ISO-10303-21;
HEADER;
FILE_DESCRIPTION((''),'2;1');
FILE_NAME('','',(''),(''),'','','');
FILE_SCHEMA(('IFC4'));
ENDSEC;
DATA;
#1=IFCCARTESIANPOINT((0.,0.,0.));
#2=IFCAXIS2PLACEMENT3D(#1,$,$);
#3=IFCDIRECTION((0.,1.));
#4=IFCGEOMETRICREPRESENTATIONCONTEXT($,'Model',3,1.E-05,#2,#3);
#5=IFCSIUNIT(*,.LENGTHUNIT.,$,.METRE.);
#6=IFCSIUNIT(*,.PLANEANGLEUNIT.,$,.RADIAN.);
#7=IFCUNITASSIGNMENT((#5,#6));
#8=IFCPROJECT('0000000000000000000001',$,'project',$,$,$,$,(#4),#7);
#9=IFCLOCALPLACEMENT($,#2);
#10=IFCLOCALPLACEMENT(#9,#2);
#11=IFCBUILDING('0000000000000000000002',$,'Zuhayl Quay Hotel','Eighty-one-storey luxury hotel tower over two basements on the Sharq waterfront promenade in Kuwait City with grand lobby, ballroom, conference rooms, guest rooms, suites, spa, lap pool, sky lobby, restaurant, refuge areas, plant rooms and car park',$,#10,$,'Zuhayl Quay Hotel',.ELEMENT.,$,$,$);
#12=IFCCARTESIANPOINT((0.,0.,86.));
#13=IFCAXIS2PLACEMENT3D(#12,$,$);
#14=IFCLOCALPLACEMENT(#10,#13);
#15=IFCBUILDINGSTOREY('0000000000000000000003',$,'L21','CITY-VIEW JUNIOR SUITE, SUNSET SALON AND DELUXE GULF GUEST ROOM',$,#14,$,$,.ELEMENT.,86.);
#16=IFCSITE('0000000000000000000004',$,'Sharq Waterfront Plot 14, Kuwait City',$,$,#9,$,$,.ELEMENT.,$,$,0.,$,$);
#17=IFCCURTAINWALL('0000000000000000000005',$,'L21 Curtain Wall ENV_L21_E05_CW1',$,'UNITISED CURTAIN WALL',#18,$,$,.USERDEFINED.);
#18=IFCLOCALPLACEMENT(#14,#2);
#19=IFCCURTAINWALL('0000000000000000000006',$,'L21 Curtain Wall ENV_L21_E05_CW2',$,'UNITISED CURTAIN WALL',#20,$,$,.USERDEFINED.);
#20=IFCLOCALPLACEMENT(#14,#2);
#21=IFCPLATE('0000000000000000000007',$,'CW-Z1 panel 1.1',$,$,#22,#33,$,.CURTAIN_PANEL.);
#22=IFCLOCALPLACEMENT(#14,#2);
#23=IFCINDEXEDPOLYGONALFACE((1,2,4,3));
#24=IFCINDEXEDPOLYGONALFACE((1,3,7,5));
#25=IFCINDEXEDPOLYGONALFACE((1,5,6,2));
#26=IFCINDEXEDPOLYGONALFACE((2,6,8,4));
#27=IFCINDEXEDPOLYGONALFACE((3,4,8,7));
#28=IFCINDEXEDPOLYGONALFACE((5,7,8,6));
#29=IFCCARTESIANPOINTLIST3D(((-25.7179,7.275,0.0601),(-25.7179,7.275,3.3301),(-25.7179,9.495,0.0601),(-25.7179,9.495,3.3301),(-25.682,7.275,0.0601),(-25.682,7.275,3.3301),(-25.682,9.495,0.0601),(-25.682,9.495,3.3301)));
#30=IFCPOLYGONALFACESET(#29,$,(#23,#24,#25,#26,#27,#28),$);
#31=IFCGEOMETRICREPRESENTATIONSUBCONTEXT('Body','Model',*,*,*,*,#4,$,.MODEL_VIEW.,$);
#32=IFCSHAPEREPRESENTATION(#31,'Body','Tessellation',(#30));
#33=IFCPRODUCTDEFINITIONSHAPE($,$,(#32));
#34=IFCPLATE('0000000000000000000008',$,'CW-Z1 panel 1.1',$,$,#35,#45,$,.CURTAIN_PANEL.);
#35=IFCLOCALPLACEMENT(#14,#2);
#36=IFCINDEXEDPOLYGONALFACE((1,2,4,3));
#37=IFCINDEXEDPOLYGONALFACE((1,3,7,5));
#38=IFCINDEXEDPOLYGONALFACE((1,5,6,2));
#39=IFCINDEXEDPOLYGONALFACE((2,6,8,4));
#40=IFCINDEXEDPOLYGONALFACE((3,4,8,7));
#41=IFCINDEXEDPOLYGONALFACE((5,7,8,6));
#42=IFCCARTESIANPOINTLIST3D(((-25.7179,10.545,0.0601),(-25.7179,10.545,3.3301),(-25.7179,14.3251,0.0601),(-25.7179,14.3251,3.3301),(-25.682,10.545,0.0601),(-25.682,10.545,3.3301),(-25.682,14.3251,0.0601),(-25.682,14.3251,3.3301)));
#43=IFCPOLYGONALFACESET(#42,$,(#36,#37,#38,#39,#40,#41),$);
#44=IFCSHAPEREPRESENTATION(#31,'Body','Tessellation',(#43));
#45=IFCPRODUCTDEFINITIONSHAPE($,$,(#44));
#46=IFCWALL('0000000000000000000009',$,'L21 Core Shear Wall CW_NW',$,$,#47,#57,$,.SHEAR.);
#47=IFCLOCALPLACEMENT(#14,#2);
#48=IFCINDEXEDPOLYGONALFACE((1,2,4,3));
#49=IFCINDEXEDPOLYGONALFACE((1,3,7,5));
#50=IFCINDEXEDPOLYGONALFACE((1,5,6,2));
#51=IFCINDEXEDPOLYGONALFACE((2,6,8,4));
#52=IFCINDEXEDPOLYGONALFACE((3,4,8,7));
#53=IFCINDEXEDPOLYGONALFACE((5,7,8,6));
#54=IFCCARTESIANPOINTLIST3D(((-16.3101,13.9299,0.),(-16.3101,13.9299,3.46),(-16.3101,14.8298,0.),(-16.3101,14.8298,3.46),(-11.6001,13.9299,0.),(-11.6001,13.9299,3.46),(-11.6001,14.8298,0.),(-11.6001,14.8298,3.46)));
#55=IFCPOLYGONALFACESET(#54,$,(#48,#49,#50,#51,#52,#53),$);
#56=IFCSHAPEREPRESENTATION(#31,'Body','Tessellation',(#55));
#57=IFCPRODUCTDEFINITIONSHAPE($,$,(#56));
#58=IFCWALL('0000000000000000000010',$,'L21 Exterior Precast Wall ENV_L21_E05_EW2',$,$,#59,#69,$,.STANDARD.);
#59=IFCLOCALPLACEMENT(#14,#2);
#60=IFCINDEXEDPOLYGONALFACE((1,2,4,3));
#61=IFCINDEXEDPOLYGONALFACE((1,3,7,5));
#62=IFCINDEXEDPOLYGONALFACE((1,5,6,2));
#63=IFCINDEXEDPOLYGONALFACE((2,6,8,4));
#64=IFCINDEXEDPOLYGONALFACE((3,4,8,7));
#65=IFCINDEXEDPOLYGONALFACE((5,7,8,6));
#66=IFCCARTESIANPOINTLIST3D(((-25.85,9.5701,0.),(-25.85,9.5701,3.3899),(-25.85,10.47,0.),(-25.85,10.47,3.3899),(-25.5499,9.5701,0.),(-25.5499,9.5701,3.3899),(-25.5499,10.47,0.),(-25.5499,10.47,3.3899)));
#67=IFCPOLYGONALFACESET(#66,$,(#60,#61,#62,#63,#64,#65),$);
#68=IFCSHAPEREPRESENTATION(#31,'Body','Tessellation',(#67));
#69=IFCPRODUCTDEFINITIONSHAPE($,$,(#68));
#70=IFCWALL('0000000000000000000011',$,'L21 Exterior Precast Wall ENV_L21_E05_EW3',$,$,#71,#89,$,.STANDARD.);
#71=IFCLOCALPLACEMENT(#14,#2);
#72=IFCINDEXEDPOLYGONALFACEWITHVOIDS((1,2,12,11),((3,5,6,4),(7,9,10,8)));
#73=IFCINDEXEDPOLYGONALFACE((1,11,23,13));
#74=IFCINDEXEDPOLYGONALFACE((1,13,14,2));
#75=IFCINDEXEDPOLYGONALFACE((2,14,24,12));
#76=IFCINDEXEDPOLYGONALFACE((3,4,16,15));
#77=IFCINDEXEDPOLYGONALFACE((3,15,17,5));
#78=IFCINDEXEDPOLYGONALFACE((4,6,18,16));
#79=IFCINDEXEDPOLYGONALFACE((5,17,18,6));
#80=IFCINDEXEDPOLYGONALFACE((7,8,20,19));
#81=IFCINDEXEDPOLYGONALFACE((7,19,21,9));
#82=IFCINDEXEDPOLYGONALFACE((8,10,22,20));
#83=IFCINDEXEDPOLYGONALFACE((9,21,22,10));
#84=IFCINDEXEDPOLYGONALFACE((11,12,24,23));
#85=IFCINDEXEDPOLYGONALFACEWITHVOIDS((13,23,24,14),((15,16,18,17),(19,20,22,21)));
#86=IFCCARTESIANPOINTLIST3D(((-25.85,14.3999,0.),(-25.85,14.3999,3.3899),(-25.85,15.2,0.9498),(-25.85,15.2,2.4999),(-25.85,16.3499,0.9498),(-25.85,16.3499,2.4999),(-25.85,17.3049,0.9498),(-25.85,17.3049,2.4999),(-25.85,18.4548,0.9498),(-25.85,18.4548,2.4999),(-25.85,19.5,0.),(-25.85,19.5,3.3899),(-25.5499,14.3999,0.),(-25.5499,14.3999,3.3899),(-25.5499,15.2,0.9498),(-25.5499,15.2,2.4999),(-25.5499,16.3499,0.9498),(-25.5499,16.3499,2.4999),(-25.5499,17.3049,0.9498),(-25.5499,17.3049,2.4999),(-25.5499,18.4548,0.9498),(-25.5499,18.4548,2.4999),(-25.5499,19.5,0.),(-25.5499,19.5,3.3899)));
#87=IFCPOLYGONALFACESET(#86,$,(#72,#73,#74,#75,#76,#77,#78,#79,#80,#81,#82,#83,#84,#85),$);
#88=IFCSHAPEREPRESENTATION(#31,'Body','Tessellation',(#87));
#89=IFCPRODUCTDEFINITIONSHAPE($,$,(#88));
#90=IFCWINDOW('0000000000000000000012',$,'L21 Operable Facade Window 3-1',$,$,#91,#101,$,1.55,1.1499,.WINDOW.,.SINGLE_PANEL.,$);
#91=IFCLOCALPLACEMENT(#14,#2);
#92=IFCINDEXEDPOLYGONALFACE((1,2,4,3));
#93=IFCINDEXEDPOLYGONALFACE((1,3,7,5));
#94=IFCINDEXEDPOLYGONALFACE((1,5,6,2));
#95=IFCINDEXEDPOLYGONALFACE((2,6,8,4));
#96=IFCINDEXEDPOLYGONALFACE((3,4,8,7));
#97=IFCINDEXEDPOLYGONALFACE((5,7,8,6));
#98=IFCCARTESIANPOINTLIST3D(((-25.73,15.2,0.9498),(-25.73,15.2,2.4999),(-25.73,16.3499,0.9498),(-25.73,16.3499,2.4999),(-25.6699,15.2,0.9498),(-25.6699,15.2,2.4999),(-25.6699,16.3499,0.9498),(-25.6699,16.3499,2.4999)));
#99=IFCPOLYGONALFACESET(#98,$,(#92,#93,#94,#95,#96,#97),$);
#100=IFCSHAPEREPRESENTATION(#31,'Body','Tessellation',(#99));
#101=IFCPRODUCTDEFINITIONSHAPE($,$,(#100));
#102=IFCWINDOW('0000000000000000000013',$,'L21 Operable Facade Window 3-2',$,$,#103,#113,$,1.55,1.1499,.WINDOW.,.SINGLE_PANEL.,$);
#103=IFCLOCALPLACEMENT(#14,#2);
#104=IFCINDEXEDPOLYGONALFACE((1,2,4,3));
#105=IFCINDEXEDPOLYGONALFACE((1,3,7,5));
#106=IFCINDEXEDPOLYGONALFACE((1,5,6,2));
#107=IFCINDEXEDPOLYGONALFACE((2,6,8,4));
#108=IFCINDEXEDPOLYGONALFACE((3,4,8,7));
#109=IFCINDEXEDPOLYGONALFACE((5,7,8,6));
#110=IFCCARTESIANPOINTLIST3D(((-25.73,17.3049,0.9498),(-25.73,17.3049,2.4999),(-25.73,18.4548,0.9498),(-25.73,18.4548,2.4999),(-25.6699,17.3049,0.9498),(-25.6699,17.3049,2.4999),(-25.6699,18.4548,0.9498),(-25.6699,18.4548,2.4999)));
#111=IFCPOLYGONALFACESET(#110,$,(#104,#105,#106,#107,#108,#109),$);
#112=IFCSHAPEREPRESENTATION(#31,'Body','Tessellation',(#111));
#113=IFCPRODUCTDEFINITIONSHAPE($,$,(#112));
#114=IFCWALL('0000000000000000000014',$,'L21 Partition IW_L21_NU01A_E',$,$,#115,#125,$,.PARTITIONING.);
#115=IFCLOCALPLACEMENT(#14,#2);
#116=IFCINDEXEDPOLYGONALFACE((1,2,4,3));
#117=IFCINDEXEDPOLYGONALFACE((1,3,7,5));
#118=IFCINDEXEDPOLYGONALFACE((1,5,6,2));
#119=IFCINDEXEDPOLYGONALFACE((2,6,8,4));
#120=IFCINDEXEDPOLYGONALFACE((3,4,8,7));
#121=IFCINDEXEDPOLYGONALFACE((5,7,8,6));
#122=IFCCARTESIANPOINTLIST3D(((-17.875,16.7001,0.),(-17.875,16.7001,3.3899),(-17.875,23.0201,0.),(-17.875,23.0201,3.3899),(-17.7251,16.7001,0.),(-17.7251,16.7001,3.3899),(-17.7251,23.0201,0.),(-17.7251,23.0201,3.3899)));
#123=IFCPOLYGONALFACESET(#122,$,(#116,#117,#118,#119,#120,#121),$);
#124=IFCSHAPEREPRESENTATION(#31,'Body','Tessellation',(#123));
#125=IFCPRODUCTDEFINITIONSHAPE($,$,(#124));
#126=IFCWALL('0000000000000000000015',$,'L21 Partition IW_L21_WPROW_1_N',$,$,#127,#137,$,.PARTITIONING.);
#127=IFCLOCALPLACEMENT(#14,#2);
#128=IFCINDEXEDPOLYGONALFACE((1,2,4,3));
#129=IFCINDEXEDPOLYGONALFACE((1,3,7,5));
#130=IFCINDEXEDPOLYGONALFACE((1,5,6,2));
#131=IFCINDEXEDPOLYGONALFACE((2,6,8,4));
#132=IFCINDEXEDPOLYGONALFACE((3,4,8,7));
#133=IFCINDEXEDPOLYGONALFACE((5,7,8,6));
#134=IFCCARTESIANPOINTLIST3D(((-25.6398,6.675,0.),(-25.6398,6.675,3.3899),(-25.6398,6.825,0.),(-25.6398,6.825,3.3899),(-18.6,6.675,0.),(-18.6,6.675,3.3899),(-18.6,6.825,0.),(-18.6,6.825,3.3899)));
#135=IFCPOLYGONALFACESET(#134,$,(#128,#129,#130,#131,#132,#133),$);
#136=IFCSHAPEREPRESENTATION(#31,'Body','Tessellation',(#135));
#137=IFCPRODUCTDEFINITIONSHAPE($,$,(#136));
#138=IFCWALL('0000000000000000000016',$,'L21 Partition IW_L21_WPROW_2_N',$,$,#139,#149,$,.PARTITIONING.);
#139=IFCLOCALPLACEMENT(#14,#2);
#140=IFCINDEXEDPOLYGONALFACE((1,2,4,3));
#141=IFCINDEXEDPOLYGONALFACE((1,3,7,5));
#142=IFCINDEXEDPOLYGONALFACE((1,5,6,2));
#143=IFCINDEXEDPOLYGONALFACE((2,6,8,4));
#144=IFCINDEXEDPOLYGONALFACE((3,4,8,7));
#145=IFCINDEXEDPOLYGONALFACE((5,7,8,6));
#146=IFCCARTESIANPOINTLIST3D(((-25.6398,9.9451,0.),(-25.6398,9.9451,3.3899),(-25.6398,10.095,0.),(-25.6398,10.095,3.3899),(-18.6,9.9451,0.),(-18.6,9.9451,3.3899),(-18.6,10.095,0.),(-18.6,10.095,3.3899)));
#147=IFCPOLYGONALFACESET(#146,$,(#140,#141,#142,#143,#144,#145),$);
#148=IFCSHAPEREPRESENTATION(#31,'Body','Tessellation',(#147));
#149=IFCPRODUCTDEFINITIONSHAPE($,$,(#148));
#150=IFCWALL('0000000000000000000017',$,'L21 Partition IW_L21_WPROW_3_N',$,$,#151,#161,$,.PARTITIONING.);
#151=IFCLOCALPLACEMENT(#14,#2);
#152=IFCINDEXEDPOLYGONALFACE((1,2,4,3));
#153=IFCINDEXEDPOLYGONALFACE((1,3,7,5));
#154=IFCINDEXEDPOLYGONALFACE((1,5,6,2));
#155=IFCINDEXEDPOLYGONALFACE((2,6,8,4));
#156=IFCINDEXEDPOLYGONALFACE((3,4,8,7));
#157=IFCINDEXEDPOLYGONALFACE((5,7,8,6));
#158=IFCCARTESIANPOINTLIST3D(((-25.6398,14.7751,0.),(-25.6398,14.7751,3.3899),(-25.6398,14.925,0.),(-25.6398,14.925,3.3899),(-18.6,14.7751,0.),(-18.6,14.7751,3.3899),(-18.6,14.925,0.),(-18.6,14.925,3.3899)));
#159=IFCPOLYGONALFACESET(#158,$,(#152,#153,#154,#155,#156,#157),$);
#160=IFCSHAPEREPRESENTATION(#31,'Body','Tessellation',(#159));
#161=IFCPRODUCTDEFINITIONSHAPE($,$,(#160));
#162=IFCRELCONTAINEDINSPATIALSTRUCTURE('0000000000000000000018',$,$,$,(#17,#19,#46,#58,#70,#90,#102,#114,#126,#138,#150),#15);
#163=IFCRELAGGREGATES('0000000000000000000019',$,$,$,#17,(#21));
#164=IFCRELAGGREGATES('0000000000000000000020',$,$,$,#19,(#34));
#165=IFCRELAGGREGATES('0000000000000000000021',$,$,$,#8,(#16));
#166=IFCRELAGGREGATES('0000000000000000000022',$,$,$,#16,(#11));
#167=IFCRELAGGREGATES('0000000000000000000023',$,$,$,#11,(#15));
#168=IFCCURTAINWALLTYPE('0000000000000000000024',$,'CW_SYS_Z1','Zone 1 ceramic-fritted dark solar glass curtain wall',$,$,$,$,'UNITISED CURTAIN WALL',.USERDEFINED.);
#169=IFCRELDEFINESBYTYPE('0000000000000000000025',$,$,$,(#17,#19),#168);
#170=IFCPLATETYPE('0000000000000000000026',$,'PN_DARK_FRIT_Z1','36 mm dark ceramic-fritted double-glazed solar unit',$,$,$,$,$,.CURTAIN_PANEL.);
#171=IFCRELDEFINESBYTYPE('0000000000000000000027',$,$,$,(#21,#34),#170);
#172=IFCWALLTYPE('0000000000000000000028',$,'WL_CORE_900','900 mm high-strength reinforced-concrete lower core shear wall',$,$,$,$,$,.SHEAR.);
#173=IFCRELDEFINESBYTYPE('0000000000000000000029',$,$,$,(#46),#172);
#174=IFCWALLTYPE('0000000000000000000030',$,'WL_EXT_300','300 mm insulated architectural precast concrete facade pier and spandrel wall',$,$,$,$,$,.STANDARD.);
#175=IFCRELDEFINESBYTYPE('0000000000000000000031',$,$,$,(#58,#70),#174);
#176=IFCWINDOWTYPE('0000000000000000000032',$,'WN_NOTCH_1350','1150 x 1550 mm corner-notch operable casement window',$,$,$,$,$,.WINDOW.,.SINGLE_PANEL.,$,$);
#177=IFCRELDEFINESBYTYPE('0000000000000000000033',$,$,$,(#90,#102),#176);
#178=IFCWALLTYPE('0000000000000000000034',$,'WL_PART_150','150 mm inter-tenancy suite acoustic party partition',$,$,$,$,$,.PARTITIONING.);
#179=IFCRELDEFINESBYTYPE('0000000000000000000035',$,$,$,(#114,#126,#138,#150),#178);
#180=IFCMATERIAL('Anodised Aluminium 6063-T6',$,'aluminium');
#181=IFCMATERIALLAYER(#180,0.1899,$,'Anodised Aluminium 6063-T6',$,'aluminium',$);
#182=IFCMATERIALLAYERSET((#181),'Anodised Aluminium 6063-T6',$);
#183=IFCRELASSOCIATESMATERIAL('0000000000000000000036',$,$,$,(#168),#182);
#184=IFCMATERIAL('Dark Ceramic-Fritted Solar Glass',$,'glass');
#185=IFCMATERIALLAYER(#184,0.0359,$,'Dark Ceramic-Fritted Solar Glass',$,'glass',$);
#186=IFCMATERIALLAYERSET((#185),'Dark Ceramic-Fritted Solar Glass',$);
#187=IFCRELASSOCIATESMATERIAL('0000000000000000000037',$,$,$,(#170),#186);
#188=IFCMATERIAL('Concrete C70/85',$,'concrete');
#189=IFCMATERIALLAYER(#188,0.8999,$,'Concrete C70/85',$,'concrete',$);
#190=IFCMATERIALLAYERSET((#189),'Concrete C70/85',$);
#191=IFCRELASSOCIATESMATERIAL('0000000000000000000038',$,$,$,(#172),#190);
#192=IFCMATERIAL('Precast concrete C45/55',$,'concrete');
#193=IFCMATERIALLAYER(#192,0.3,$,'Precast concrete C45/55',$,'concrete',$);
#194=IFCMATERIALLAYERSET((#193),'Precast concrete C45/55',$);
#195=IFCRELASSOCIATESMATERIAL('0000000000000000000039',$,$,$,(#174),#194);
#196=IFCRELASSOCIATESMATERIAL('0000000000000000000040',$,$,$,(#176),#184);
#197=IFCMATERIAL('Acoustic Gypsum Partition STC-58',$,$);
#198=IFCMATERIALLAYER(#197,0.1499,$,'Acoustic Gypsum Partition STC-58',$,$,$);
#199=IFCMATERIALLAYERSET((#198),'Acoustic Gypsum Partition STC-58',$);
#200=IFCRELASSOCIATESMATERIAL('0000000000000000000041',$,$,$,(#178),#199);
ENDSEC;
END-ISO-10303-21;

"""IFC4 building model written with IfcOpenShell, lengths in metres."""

from ifc_helpers import new_model, si_unit, direction, frame, frame_2d, origin, origin_2d, place, context, subcontext, project, spatial, rectangle, extrude, material, layer, layer_set, type_object, element, fill, aggregate, save


model = new_model("IFC4")

# Units and contexts
model_context = context("Model", 3, precision=1e-05, world=origin(), true_north=direction((0.0, 1.0)))
body_context = subcontext(model_context, "Body", "Model", "MODEL_VIEW")
ifc_project = project(units=[si_unit("LENGTHUNIT", "METRE"), si_unit("PLANEANGLEUNIT", "RADIAN")], contexts=[model_context])

# Site, building, storey
site_placement = place(None, origin())
site = spatial("IfcSite", under=ifc_project, at=site_placement, Name="Sharq Waterfront Plot 14, Kuwait City", CompositionType="ELEMENT", RefElevation=0.0)
building_placement = place(site_placement, origin())
building = spatial("IfcBuilding", under=site, at=building_placement, Name="Zuhayl Quay Hotel", Description="Eighty-one-storey luxury hotel tower over two basements on the Sharq waterfront promenade in Kuwait City with grand lobby, ballroom, conference rooms, guest rooms, suites, spa, lap pool, sky lobby, restaurant, refuge areas, plant rooms and car park", LongName="Zuhayl Quay Hotel", CompositionType="ELEMENT")
storey_placement = place(building_placement, frame((0.0, 0.0, 86.0)))
storey = spatial("IfcBuildingStorey", under=building, at=storey_placement, Name="L21", Description="CITY-VIEW JUNIOR SUITE, SUNSET SALON AND DELUXE GULF GUEST ROOM", CompositionType="ELEMENT", Elevation=86.0)

# Shared definitions
ifc_material_1 = material(Name="Concrete C70/85", Category="concrete")

# Curtain walls
ifc_material_2 = material(Name="Anodised Aluminium 6063-T6", Category="aluminium")
ifc_layer_1 = layer(ifc_material_2, 0.1899, Name="Anodised Aluminium 6063-T6", Category="aluminium")
ifc_layer_set_1 = layer_set([ifc_layer_1], Name="Anodised Aluminium 6063-T6")
curtain_wall_type = type_object("IfcCurtainWallType", Name="CW_SYS_Z1", Description="Zone 1 ceramic-fritted dark solar glass curtain wall", ElementType="UNITISED CURTAIN WALL", PredefinedType="USERDEFINED", material=ifc_layer_set_1)
curtain_wall_1_placement = place(storey_placement, origin())
curtain_wall_1 = element("IfcCurtainWall", 1, at=curtain_wall_1_placement, inside=storey, type_object=curtain_wall_type, Name="L21 Curtain Wall ENV_L21_E05_CW1", ObjectType="UNITISED CURTAIN WALL", PredefinedType="USERDEFINED")
curtain_wall_2_placement = place(storey_placement, origin())
curtain_wall_2 = element("IfcCurtainWall", 2, at=curtain_wall_2_placement, inside=storey, type_object=curtain_wall_type, Name="L21 Curtain Wall ENV_L21_E05_CW2", ObjectType="UNITISED CURTAIN WALL", PredefinedType="USERDEFINED")

# Plates
ifc_material_3 = material(Name="Dark Ceramic-Fritted Solar Glass", Category="glass")
ifc_layer_2 = layer(ifc_material_3, 0.0359, Name="Dark Ceramic-Fritted Solar Glass", Category="glass")
ifc_layer_set_2 = layer_set([ifc_layer_2], Name="Dark Ceramic-Fritted Solar Glass")
plate_type = type_object("IfcPlateType", Name="PN_DARK_FRIT_Z1", Description="36 mm dark ceramic-fritted double-glazed solar unit", PredefinedType="CURTAIN_PANEL", material=ifc_layer_set_2)
plate_1_placement = place(storey_placement, frame((-25.7, 8.385, 0.0601), z_axis=(0.0, 0.0, 1.0), x_axis=(0.0, 1.0, 0.0)))
plate_1 = element("IfcPlate", 3, at=plate_1_placement, type_object=plate_type, Name="CW-Z1 panel 1.1", PredefinedType="CURTAIN_PANEL", context=body_context, shape_type="SweptSolid", body=[
    extrude(rectangle(XDim=2.22, YDim=0.0359, at=origin_2d()), origin(), (0.0, 0.0, 1.0), 3.27),
])
aggregate(curtain_wall_1, [plate_1])
plate_2_placement = place(storey_placement, frame((-25.7, 12.4351, 0.0601), z_axis=(0.0, 0.0, 1.0), x_axis=(0.0, 1.0, 0.0)))
plate_2 = element("IfcPlate", 4, at=plate_2_placement, type_object=plate_type, Name="CW-Z1 panel 1.1", PredefinedType="CURTAIN_PANEL", context=body_context, shape_type="SweptSolid", body=[
    extrude(rectangle(XDim=3.78, YDim=0.0359, at=origin_2d()), origin(), (0.0, 0.0, 1.0), 3.27),
])
aggregate(curtain_wall_2, [plate_2])

# Walls
ifc_layer_3 = layer(ifc_material_1, 0.8999, Name="Concrete C70/85", Category="concrete")
ifc_layer_set_3 = layer_set([ifc_layer_3], Name="Concrete C70/85")
wall_type_1 = type_object("IfcWallType", Name="WL_CORE_900", Description="900 mm high-strength reinforced-concrete lower core shear wall", PredefinedType="SHEAR", material=ifc_layer_set_3)
wall_1_placement = place(storey_placement, frame((-16.3101, 14.3799, 0.0), z_axis=(0.0, 0.0, 1.0), x_axis=(1.0, 0.0, 0.0)))
element("IfcWall", 5, at=wall_1_placement, inside=storey, type_object=wall_type_1, Name="L21 Core Shear Wall CW_NW", PredefinedType="SHEAR", context=body_context, shape_type="SweptSolid", body=[
    extrude(rectangle(XDim=4.71, YDim=0.8999, at=frame_2d((2.355, 0.0))), origin(), (0.0, 0.0, 1.0), 3.46),
])
ifc_material_4 = material(Name="Precast concrete C45/55", Category="concrete")
ifc_layer_4 = layer(ifc_material_4, 0.3, Name="Precast concrete C45/55", Category="concrete")
ifc_layer_set_4 = layer_set([ifc_layer_4], Name="Precast concrete C45/55")
wall_type_2 = type_object("IfcWallType", Name="WL_EXT_300", Description="300 mm insulated architectural precast concrete facade pier and spandrel wall", PredefinedType="STANDARD", material=ifc_layer_set_4)
wall_2_placement = place(storey_placement, frame((-25.7, 9.5701, 0.0), z_axis=(0.0, 0.0, 1.0), x_axis=(0.0, 1.0, 0.0)))
element("IfcWall", 6, at=wall_2_placement, inside=storey, type_object=wall_type_2, Name="L21 Exterior Precast Wall ENV_L21_E05_EW2", PredefinedType="STANDARD", context=body_context, shape_type="SweptSolid", body=[
    extrude(rectangle(XDim=0.8999, YDim=0.3, at=frame_2d((0.45, 0.0))), origin(), (0.0, 0.0, 1.0), 3.3899),
])

# Wall, openings, windows
wall_3_placement = place(storey_placement, frame((-25.7, 14.3999, 0.0), z_axis=(0.0, 0.0, 1.0), x_axis=(0.0, 1.0, 0.0)))
wall_3 = element("IfcWall", 7, at=wall_3_placement, inside=storey, type_object=wall_type_2, Name="L21 Exterior Precast Wall ENV_L21_E05_EW3", PredefinedType="STANDARD", context=body_context, shape_type="SweptSolid", body=[
    extrude(rectangle(XDim=5.1001, YDim=0.3, at=frame_2d((2.55, 0.0))), origin(), (0.0, 0.0, 1.0), 3.3899),
])
opening_1_placement = place(wall_3_placement, frame((0.8, 0.0, 0.95)))
opening_1 = element("IfcOpeningElement", 8, at=opening_1_placement, cuts=wall_3, PredefinedType="OPENING", context=body_context, shape_type="SweptSolid", body=[
    extrude(rectangle(XDim=1.1499, YDim=1.55, at=frame_2d((0.575, 0.7749))), frame((0.0, 0.1599, 0.0), z_axis=(0.0, -1.0, 0.0), x_axis=(1.0, 0.0, 0.0)), (0.0, 0.0, 1.0), 0.3201),
])
opening_2_placement = place(wall_3_placement, frame((2.905, 0.0, 0.95)))
opening_2 = element("IfcOpeningElement", 9, at=opening_2_placement, cuts=wall_3, PredefinedType="OPENING", context=body_context, shape_type="SweptSolid", body=[
    extrude(rectangle(XDim=1.1499, YDim=1.55, at=frame_2d((0.575, 0.7749))), frame((0.0, 0.1599, 0.0), z_axis=(0.0, -1.0, 0.0), x_axis=(1.0, 0.0, 0.0)), (0.0, 0.0, 1.0), 0.3201),
])
window_type = type_object("IfcWindowType", Name="WN_NOTCH_1350", Description="1150 x 1550 mm corner-notch operable casement window", PartitioningType="SINGLE_PANEL", PredefinedType="WINDOW", material=ifc_material_3)
window_1_placement = place(opening_1_placement, origin())
window_1 = element("IfcWindow", 10, at=window_1_placement, inside=storey, type_object=window_type, Name="L21 Operable Facade Window 3-1", OverallHeight=1.55, OverallWidth=1.1499, PartitioningType="SINGLE_PANEL", PredefinedType="WINDOW", context=body_context, shape_type="SweptSolid", body=[
    extrude(rectangle(XDim=1.1499, YDim=1.55, at=frame_2d((0.575, 0.7749))), frame((0.0, 0.03, 0.0), z_axis=(0.0, -1.0, 0.0), x_axis=(1.0, 0.0, 0.0)), (0.0, 0.0, 1.0), 0.0601),
])
fill(opening_1, window_1)
window_2_placement = place(opening_2_placement, origin())
window_2 = element("IfcWindow", 11, at=window_2_placement, inside=storey, type_object=window_type, Name="L21 Operable Facade Window 3-2", OverallHeight=1.55, OverallWidth=1.1499, PartitioningType="SINGLE_PANEL", PredefinedType="WINDOW", context=body_context, shape_type="SweptSolid", body=[
    extrude(rectangle(XDim=1.1499, YDim=1.55, at=frame_2d((0.575, 0.7749))), frame((0.0, 0.03, 0.0), z_axis=(0.0, -1.0, 0.0), x_axis=(1.0, 0.0, 0.0)), (0.0, 0.0, 1.0), 0.0601),
])
fill(opening_2, window_2)

# Walls
ifc_material_5 = material(Name="Acoustic Gypsum Partition STC-58")
ifc_layer_5 = layer(ifc_material_5, 0.1499, Name="Acoustic Gypsum Partition STC-58")
ifc_layer_set_5 = layer_set([ifc_layer_5], Name="Acoustic Gypsum Partition STC-58")
wall_type_3 = type_object("IfcWallType", Name="WL_PART_150", Description="150 mm inter-tenancy suite acoustic party partition", PredefinedType="PARTITIONING", material=ifc_layer_set_5)
wall_4_placement = place(storey_placement, frame((-17.8, 16.7, 0.0), z_axis=(0.0, 0.0, 1.0), x_axis=(0.0, 1.0, 0.0)))
element("IfcWall", 12, at=wall_4_placement, inside=storey, type_object=wall_type_3, Name="L21 Partition IW_L21_NU01A_E", PredefinedType="PARTITIONING", context=body_context, shape_type="SweptSolid", body=[
    extrude(rectangle(XDim=6.3201, YDim=0.1499, at=frame_2d((3.1602, 0.0))), origin(), (0.0, 0.0, 1.0), 3.3899),
])
for number, where, z_axis, x_axis, name in (
    (13, (-25.6399, 6.75, 0.0), (0.0, 0.0, 1.0), (1.0, 0.0, 0.0), "L21 Partition IW_L21_WPROW_1_N"),
    (14, (-25.6399, 10.02, 0.0), (0.0, 0.0, 1.0), (1.0, 0.0, 0.0), "L21 Partition IW_L21_WPROW_2_N"),
    (15, (-25.6399, 14.8501, 0.0), (0.0, 0.0, 1.0), (1.0, 0.0, 0.0), "L21 Partition IW_L21_WPROW_3_N"),
):
    element("IfcWall", number, at=place(storey_placement, frame(where, z_axis=z_axis, x_axis=x_axis)), inside=storey, type_object=wall_type_3, Name=name, PredefinedType="PARTITIONING", context=body_context, shape_type="SweptSolid", body=[
        extrude(rectangle(XDim=7.0398, YDim=0.1499, at=frame_2d((3.52, 0.0))), origin(), (0.0, 0.0, 1.0), 3.3899),
    ])

save(model, "model.ifc")
